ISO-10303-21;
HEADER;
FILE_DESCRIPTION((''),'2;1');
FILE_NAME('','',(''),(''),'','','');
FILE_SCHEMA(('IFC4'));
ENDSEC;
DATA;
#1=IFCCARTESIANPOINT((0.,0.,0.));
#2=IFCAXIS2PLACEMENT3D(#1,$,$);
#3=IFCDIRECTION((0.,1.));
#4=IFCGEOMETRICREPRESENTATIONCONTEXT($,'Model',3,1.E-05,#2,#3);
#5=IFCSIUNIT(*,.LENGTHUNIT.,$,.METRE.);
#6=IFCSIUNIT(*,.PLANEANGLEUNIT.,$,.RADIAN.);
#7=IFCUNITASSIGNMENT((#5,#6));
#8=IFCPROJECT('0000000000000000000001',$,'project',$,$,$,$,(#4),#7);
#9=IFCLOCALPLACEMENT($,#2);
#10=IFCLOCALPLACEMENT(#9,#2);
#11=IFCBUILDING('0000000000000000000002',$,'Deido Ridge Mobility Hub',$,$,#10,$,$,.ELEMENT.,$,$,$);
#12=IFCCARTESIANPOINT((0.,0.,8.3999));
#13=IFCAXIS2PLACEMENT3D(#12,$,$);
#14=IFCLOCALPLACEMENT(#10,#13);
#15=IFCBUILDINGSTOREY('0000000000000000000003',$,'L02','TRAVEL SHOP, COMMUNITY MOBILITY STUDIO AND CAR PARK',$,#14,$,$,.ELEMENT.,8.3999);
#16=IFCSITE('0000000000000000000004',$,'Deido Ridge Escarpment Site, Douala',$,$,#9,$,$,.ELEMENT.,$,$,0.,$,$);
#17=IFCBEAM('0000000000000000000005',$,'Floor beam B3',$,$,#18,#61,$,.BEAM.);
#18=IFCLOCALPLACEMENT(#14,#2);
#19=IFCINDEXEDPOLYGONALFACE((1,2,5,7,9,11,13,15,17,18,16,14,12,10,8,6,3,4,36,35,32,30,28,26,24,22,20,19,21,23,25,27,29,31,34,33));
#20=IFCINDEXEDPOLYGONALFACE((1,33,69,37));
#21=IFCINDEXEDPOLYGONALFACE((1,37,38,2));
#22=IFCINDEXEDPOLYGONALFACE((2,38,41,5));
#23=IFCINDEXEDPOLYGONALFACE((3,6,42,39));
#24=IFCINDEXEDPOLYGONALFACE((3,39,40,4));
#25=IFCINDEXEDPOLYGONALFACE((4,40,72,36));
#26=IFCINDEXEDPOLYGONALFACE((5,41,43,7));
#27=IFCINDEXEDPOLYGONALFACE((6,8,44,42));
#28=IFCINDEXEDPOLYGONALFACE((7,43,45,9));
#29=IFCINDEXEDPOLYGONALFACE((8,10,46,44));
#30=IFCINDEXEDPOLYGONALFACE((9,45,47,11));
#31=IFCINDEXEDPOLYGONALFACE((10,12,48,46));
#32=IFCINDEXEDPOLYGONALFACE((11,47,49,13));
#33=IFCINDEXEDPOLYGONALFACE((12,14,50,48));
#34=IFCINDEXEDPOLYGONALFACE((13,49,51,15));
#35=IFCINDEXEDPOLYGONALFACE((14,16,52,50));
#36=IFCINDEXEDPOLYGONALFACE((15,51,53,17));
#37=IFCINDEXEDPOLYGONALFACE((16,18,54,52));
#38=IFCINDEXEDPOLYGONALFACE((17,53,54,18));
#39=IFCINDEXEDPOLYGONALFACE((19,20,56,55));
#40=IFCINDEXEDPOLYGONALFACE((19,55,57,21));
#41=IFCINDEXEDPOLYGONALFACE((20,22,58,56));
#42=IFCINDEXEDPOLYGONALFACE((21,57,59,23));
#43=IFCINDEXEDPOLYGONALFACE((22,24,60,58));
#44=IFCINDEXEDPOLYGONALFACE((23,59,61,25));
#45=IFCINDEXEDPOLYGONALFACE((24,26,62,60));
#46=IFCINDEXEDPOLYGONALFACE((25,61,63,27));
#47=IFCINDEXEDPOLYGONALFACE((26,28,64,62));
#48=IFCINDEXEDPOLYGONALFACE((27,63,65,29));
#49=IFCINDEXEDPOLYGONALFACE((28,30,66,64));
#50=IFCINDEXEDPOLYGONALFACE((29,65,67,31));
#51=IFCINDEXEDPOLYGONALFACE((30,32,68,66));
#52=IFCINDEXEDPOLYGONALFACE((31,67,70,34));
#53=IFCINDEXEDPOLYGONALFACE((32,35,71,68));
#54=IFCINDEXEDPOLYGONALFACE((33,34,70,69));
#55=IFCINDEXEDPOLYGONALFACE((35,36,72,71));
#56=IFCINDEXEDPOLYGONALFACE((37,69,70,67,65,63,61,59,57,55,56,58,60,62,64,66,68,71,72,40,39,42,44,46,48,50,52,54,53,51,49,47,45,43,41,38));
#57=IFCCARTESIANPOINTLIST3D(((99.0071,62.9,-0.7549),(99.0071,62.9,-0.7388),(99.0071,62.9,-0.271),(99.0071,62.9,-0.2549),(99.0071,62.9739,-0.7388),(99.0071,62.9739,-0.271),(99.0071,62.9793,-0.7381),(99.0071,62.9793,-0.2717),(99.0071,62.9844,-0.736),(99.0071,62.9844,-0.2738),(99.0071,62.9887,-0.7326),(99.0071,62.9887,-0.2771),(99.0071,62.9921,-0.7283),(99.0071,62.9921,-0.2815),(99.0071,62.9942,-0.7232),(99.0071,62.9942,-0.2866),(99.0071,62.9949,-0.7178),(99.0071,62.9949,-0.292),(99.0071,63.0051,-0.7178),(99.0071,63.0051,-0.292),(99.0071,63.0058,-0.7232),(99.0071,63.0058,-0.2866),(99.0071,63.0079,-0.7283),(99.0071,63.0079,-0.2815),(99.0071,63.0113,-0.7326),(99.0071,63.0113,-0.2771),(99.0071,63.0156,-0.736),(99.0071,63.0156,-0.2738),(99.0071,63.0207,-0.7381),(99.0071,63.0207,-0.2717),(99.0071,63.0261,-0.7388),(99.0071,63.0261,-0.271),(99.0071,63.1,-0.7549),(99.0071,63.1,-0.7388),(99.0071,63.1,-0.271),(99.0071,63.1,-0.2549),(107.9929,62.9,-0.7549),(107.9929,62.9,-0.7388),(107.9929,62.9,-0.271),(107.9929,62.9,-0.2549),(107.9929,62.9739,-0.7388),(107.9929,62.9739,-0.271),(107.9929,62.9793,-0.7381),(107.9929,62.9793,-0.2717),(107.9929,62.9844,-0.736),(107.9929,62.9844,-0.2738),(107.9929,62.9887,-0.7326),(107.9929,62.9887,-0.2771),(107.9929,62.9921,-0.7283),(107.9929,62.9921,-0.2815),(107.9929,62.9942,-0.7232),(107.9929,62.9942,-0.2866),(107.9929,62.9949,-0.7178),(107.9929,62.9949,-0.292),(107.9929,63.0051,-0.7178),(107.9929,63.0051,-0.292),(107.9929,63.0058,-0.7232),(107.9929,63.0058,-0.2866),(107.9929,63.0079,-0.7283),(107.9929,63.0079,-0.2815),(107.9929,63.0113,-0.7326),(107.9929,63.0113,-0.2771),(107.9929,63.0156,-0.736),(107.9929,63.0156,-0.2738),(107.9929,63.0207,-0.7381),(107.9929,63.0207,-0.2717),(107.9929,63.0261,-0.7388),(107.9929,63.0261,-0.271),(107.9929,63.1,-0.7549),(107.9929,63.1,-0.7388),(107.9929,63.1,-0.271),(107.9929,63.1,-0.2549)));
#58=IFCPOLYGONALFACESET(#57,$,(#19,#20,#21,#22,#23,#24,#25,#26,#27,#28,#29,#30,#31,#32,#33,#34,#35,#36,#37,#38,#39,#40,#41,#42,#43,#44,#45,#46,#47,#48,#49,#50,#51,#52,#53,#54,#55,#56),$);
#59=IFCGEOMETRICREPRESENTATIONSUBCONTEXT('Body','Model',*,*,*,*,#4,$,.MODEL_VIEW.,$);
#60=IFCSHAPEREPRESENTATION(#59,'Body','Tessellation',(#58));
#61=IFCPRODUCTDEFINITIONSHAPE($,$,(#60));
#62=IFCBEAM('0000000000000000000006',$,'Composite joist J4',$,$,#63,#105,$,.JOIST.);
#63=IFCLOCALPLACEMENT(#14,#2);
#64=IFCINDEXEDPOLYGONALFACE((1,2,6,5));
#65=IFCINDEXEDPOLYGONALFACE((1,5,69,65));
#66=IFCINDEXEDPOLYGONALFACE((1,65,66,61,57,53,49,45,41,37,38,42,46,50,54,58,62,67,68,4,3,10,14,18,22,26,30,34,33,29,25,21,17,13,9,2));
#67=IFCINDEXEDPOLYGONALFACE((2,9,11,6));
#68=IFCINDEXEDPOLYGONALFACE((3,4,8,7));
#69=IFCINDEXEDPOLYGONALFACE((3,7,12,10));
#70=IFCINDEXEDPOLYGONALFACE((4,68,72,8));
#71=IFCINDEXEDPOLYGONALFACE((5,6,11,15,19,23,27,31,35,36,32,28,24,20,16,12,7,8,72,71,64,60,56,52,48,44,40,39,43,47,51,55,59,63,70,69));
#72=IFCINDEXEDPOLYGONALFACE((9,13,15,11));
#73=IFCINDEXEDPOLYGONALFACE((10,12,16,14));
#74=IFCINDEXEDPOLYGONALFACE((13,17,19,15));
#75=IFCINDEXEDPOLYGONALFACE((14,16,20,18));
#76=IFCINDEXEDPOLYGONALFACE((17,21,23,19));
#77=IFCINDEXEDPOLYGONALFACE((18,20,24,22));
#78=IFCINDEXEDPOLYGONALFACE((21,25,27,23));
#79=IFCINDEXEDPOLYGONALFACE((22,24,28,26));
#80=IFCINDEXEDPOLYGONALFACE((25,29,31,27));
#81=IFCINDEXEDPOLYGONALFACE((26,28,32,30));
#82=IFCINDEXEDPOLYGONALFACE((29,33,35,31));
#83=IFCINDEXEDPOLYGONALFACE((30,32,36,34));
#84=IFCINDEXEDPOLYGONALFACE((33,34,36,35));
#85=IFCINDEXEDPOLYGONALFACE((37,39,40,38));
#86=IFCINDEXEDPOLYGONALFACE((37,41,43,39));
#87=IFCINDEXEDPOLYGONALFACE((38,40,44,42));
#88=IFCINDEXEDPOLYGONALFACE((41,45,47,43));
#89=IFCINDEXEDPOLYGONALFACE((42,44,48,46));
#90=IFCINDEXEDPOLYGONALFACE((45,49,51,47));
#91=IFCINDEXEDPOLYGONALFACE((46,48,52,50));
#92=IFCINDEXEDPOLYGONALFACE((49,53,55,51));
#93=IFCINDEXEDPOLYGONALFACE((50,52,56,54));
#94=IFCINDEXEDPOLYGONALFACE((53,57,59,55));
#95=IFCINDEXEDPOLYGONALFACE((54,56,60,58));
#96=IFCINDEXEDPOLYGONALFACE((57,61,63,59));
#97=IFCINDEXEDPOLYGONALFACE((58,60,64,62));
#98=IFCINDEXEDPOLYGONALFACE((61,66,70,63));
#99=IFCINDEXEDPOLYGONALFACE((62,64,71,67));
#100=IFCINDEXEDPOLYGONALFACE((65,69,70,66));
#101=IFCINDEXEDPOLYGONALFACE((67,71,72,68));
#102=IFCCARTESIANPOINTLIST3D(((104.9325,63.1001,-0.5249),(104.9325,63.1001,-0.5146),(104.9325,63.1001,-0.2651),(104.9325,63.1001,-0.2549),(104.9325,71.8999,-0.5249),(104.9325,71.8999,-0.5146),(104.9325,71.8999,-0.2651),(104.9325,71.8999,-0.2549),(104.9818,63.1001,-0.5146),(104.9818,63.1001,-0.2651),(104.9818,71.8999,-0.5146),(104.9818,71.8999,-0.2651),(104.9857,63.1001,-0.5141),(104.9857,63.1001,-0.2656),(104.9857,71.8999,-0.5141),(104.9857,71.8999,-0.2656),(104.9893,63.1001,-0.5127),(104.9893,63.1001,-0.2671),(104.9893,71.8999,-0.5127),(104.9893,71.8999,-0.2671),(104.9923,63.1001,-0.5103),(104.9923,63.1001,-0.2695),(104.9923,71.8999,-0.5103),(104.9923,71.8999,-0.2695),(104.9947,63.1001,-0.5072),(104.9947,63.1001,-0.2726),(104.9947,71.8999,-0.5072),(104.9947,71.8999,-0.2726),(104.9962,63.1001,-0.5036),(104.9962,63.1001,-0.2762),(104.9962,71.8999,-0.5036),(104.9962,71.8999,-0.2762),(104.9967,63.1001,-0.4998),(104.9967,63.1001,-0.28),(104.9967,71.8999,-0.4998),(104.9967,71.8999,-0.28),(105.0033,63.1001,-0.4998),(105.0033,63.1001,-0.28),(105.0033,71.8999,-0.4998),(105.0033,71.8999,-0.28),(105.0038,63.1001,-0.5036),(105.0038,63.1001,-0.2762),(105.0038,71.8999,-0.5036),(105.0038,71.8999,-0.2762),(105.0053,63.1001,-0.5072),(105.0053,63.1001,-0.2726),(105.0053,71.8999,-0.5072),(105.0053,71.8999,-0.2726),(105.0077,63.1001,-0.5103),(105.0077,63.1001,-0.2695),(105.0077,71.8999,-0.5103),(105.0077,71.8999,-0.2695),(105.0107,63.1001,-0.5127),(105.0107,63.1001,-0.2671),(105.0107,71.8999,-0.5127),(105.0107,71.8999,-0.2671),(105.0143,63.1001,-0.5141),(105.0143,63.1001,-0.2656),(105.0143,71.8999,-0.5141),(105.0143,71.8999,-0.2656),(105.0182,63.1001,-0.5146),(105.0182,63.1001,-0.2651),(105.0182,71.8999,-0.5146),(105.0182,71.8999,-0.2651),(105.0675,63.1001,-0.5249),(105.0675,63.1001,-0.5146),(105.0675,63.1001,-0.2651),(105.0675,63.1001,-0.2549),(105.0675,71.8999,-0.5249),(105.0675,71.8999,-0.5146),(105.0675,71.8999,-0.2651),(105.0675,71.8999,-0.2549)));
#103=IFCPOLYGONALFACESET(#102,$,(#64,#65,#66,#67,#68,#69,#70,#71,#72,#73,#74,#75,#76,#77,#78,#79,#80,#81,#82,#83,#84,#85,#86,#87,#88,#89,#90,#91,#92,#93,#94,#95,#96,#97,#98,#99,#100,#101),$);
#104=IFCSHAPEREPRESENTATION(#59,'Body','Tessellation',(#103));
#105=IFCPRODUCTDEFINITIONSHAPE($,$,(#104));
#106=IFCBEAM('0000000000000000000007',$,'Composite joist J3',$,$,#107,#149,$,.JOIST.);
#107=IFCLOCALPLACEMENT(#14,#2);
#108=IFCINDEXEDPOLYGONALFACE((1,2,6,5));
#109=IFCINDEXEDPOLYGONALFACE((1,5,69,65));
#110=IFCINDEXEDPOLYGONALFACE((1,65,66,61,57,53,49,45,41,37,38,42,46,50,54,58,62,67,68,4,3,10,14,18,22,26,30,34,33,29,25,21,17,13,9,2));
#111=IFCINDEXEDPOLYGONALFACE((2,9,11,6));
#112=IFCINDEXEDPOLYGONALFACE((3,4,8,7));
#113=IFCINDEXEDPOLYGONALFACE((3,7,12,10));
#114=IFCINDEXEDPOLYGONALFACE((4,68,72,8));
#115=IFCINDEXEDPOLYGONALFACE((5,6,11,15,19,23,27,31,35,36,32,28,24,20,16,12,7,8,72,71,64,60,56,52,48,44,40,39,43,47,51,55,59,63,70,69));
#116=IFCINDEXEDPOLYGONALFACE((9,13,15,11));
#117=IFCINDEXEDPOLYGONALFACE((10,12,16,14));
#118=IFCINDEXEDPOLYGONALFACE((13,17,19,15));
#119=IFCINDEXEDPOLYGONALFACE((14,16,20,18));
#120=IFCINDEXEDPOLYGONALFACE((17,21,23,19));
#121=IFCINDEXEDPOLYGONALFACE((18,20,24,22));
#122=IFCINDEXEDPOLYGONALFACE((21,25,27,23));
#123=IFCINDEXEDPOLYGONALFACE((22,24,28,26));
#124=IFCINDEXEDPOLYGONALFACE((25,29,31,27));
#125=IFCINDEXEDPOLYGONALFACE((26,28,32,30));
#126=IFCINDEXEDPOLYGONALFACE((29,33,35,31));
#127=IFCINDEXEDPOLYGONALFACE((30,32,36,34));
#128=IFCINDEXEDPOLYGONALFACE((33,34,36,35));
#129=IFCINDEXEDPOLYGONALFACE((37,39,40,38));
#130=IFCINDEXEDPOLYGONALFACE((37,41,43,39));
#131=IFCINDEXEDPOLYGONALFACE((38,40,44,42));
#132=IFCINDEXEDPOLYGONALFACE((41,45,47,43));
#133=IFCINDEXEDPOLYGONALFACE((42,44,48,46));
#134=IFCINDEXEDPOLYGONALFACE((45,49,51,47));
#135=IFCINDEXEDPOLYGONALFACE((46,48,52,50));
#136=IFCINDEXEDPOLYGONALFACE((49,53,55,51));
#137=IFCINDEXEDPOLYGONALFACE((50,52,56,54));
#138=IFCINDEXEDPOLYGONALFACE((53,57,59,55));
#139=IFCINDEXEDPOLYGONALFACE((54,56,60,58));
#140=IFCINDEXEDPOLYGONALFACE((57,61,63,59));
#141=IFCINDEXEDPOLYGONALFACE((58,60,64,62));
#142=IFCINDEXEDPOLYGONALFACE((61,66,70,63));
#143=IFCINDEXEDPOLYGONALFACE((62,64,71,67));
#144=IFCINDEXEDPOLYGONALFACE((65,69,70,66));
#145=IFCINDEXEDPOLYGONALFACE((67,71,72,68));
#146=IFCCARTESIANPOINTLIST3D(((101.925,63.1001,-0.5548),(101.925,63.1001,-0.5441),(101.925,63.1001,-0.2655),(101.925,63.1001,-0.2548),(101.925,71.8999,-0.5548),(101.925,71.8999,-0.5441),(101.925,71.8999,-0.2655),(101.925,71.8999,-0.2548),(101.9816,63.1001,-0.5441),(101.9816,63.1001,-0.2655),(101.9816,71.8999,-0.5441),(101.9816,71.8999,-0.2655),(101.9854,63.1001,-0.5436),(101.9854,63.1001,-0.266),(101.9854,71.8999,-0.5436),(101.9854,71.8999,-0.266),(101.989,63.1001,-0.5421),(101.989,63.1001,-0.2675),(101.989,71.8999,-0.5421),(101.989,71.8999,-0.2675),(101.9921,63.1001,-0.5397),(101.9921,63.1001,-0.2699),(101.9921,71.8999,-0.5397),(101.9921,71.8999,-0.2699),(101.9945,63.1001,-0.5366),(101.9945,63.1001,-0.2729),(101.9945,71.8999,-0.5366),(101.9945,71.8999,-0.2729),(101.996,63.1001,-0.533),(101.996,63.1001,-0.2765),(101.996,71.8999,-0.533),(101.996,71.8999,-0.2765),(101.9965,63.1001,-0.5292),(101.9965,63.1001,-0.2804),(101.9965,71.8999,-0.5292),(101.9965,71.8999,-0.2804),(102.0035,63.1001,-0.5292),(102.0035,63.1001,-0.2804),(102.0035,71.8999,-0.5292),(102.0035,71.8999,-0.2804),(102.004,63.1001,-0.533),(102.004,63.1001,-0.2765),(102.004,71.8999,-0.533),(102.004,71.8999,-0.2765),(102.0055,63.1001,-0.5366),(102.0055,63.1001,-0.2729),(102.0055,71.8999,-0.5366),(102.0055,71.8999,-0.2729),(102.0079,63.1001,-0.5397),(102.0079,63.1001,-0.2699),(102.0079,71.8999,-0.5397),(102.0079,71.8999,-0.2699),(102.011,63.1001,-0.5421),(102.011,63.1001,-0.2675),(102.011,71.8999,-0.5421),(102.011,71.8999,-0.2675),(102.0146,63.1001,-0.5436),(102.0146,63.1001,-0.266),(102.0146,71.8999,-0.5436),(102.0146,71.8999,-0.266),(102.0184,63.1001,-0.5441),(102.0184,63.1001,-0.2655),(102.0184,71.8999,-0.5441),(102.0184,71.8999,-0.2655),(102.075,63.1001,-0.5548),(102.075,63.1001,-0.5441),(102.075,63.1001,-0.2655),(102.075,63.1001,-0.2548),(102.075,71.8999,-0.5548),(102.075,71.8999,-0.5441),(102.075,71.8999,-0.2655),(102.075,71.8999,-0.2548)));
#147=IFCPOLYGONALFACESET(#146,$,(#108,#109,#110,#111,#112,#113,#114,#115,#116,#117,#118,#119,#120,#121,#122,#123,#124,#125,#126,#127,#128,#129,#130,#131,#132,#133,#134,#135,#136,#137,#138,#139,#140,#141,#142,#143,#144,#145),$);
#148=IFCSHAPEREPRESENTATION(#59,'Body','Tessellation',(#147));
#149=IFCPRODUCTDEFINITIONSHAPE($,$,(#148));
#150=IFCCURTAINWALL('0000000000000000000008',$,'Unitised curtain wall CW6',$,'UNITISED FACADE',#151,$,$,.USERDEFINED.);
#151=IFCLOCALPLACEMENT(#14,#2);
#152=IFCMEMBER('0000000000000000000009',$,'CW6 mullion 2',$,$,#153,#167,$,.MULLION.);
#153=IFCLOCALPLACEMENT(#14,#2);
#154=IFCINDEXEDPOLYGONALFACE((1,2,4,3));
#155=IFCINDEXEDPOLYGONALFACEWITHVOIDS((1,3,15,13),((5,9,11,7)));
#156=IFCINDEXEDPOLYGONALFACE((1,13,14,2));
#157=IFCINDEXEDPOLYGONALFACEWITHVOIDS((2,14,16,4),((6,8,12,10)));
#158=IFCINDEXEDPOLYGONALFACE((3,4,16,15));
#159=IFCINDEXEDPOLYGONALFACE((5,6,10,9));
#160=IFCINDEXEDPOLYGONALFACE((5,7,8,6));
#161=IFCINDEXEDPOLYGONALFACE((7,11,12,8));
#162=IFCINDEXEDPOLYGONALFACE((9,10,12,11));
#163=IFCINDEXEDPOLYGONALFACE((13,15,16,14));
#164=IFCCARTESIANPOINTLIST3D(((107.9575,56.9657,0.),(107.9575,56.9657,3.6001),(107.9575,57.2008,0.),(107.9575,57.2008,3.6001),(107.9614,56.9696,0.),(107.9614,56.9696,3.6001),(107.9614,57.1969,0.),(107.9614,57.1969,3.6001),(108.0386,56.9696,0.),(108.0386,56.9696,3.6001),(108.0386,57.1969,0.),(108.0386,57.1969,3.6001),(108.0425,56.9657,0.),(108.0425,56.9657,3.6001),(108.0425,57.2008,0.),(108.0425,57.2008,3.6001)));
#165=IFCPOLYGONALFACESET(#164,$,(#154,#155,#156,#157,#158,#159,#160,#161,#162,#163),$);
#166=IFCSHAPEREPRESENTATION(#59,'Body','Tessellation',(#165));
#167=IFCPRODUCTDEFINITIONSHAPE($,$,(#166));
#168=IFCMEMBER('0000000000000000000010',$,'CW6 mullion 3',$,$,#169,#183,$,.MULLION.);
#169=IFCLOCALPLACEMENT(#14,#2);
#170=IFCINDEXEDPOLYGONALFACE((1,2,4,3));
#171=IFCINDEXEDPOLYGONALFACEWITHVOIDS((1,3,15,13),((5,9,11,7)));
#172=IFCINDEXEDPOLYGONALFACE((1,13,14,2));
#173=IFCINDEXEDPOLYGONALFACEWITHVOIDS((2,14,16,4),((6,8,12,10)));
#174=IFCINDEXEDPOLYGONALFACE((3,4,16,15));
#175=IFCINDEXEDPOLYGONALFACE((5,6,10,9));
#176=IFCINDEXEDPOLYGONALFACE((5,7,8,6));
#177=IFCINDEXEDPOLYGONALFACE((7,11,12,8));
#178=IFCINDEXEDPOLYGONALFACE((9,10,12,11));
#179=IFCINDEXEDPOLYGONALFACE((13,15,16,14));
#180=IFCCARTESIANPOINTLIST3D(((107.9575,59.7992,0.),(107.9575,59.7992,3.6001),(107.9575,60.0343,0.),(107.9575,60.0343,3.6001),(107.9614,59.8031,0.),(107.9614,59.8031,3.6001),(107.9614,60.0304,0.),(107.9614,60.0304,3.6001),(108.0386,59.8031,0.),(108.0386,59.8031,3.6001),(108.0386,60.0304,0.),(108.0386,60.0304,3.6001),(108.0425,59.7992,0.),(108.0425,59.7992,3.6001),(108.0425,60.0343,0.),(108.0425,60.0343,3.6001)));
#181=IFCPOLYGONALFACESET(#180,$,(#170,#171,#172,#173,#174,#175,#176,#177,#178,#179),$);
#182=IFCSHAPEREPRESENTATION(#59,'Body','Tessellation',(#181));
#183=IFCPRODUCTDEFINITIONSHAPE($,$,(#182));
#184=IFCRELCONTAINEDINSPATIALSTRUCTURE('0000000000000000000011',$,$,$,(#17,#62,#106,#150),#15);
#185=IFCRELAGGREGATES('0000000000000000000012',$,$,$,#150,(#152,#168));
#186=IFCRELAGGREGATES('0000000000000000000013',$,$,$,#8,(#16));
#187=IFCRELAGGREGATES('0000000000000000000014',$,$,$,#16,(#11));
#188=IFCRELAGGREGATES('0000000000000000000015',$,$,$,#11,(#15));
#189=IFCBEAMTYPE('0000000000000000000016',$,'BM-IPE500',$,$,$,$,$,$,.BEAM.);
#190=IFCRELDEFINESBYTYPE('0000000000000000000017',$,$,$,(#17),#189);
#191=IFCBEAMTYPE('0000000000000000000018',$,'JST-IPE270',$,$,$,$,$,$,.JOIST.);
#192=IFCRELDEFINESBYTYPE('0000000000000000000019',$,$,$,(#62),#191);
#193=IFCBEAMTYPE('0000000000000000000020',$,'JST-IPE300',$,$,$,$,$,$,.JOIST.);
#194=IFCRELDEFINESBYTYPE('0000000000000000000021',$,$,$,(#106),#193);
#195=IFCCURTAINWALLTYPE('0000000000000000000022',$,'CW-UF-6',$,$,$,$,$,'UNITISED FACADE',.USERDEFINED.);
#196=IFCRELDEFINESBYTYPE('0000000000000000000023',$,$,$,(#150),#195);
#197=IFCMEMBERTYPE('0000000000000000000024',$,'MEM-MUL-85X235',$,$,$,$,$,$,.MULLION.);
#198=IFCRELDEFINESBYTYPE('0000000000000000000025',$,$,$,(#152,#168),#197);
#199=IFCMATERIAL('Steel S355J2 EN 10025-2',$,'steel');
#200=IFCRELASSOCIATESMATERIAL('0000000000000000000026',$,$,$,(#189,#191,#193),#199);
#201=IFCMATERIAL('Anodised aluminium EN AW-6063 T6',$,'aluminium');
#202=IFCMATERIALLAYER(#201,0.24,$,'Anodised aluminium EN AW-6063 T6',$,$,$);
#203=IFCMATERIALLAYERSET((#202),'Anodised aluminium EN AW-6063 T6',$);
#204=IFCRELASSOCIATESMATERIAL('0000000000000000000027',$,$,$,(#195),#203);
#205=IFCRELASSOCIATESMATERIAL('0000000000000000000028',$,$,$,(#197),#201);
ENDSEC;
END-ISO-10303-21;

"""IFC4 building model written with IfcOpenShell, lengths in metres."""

from ifc_helpers import new_model, si_unit, direction, frame, origin, origin_2d, place, context, subcontext, project, spatial, hollow_rectangle, i_section, extrude, material, layer, layer_set, material_profile, profile_set, type_object, element, aggregate, save


model = new_model("IFC4")

# Units and contexts
model_context = context("Model", 3, precision=1e-05, world=origin(), true_north=direction((0.0, 1.0)))
body_context = subcontext(model_context, "Body", "Model", "MODEL_VIEW")
ifc_project = project(units=[si_unit("LENGTHUNIT", "METRE"), si_unit("PLANEANGLEUNIT", "RADIAN")], contexts=[model_context])

# Site, building, storey
site_placement = place(None, origin())
site = spatial("IfcSite", under=ifc_project, at=site_placement, Name="Deido Ridge Escarpment Site, Douala", CompositionType="ELEMENT", RefElevation=0.0)
building_placement = place(site_placement, origin())
building = spatial("IfcBuilding", under=site, at=building_placement, Name="Deido Ridge Mobility Hub", CompositionType="ELEMENT")
storey_placement = place(building_placement, frame((0.0, 0.0, 8.3999)))
storey = spatial("IfcBuildingStorey", under=building, at=storey_placement, Name="L02", Description="TRAVEL SHOP, COMMUNITY MOBILITY STUDIO AND CAR PARK", CompositionType="ELEMENT", Elevation=8.3999)

# Shared definitions
ifc_material_1 = material(Name="Steel S355J2 EN 10025-2", Category="steel")

# Beams
ifc_material_profile_1 = material_profile(ifc_material_1, i_section(OverallWidth=0.2, OverallDepth=0.5, WebThickness=0.0103, FlangeThickness=0.0161, FilletRadius=0.021, at=origin_2d()), Name="IPE 500")
ifc_profile_set_1 = profile_set([ifc_material_profile_1], Name="Steel S355J2 EN 10025-2")
beam_type_1 = type_object("IfcBeamType", Name="BM-IPE500", PredefinedType="BEAM", material=ifc_profile_set_1)
beam_1_placement = place(storey_placement, frame((99.0071, 63.0, -0.5049), z_axis=(1.0, 0.0, 0.0), x_axis=(0.0, 1.0, 0.0)))
element("IfcBeam", 1, at=beam_1_placement, inside=storey, type_object=beam_type_1, Name="Floor beam B3", PredefinedType="BEAM", context=body_context, shape_type="SweptSolid", body=[
    extrude(i_section(OverallWidth=0.2, OverallDepth=0.5, WebThickness=0.0103, FlangeThickness=0.0161, FilletRadius=0.021, at=origin_2d()), origin(), (0.0, 0.0, 1.0), 8.9858),
])
ifc_material_profile_2 = material_profile(ifc_material_1, i_section(OverallWidth=0.135, OverallDepth=0.27, WebThickness=0.0066, FlangeThickness=0.0103, FilletRadius=0.0149, at=origin_2d()), Name="IPE 270")
ifc_profile_set_2 = profile_set([ifc_material_profile_2], Name="Steel S355J2 EN 10025-2")
beam_type_2 = type_object("IfcBeamType", Name="JST-IPE270", PredefinedType="JOIST", material=ifc_profile_set_2)
beam_2_placement = place(storey_placement, frame((105.0, 63.1001, -0.3899), z_axis=(0.0, 1.0, 0.0), x_axis=(-1.0, 0.0, 0.0)))
element("IfcBeam", 2, at=beam_2_placement, inside=storey, type_object=beam_type_2, Name="Composite joist J4", PredefinedType="JOIST", context=body_context, shape_type="SweptSolid", body=[
    extrude(i_section(OverallWidth=0.135, OverallDepth=0.27, WebThickness=0.0066, FlangeThickness=0.0103, FilletRadius=0.0149, at=origin_2d()), origin(), (0.0, 0.0, 1.0), 8.7998),
])
ifc_material_profile_3 = material_profile(ifc_material_1, i_section(OverallWidth=0.1499, OverallDepth=0.3, WebThickness=0.0071, FlangeThickness=0.0107, FilletRadius=0.0149, at=origin_2d()), Name="IPE 300")
ifc_profile_set_3 = profile_set([ifc_material_profile_3], Name="Steel S355J2 EN 10025-2")
beam_type_3 = type_object("IfcBeamType", Name="JST-IPE300", PredefinedType="JOIST", material=ifc_profile_set_3)
beam_3_placement = place(storey_placement, frame((102.0, 63.1001, -0.4048), z_axis=(0.0, 1.0, 0.0), x_axis=(-1.0, 0.0, 0.0)))
element("IfcBeam", 3, at=beam_3_placement, inside=storey, type_object=beam_type_3, Name="Composite joist J3", PredefinedType="JOIST", context=body_context, shape_type="SweptSolid", body=[
    extrude(i_section(OverallWidth=0.1499, OverallDepth=0.3, WebThickness=0.0071, FlangeThickness=0.0107, FilletRadius=0.0149, at=origin_2d()), origin(), (0.0, 0.0, 1.0), 8.7998),
])

# Curtain wall, members
ifc_material_2 = material(Name="Anodised aluminium EN AW-6063 T6", Category="aluminium")
ifc_layer_1 = layer(ifc_material_2, 0.24, Name="Anodised aluminium EN AW-6063 T6")
ifc_layer_set_1 = layer_set([ifc_layer_1], Name="Anodised aluminium EN AW-6063 T6")
curtain_wall_type = type_object("IfcCurtainWallType", Name="CW-UF-6", ElementType="UNITISED FACADE", PredefinedType="USERDEFINED", material=ifc_layer_set_1)
curtain_wall_1_placement = place(storey_placement, origin())
curtain_wall_1 = element("IfcCurtainWall", 4, at=curtain_wall_1_placement, inside=storey, type_object=curtain_wall_type, Name="Unitised curtain wall CW6", ObjectType="UNITISED FACADE", PredefinedType="USERDEFINED")
ifc_material_profile_4 = material_profile(ifc_material_2, hollow_rectangle(XDim=0.085, YDim=0.2351, WallThickness=0.0039, at=origin_2d()), Name="RHS 85x235x4")
ifc_profile_set_4 = profile_set([ifc_material_profile_4], Name="Anodised aluminium EN AW-6063 T6")
member_type_1 = type_object("IfcMemberType", Name="MEM-MUL-85X235", PredefinedType="MULLION", material=ifc_profile_set_4)
member_1_placement = place(storey_placement, frame((108.0, 57.0833, 0.0), z_axis=(0.0, 0.0, 1.0), x_axis=(-1.0, 0.0, 0.0)))
member_1 = element("IfcMember", 5, at=member_1_placement, type_object=member_type_1, Name="CW6 mullion 2", PredefinedType="MULLION", context=body_context, shape_type="SweptSolid", body=[
    extrude(hollow_rectangle(XDim=0.085, YDim=0.2351, WallThickness=0.0039, at=origin_2d()), origin(), (0.0, 0.0, 1.0), 3.6001),
])
member_2_placement = place(storey_placement, frame((108.0, 59.9167, 0.0), z_axis=(0.0, 0.0, 1.0), x_axis=(-1.0, 0.0, 0.0)))
member_2 = element("IfcMember", 6, at=member_2_placement, type_object=member_type_1, Name="CW6 mullion 3", PredefinedType="MULLION", context=body_context, shape_type="SweptSolid", body=[
    extrude(hollow_rectangle(XDim=0.085, YDim=0.2351, WallThickness=0.0039, at=origin_2d()), origin(), (0.0, 0.0, 1.0), 3.6001),
])

aggregate(curtain_wall_1, [member_1, member_2])

save(model, "model.ifc")
